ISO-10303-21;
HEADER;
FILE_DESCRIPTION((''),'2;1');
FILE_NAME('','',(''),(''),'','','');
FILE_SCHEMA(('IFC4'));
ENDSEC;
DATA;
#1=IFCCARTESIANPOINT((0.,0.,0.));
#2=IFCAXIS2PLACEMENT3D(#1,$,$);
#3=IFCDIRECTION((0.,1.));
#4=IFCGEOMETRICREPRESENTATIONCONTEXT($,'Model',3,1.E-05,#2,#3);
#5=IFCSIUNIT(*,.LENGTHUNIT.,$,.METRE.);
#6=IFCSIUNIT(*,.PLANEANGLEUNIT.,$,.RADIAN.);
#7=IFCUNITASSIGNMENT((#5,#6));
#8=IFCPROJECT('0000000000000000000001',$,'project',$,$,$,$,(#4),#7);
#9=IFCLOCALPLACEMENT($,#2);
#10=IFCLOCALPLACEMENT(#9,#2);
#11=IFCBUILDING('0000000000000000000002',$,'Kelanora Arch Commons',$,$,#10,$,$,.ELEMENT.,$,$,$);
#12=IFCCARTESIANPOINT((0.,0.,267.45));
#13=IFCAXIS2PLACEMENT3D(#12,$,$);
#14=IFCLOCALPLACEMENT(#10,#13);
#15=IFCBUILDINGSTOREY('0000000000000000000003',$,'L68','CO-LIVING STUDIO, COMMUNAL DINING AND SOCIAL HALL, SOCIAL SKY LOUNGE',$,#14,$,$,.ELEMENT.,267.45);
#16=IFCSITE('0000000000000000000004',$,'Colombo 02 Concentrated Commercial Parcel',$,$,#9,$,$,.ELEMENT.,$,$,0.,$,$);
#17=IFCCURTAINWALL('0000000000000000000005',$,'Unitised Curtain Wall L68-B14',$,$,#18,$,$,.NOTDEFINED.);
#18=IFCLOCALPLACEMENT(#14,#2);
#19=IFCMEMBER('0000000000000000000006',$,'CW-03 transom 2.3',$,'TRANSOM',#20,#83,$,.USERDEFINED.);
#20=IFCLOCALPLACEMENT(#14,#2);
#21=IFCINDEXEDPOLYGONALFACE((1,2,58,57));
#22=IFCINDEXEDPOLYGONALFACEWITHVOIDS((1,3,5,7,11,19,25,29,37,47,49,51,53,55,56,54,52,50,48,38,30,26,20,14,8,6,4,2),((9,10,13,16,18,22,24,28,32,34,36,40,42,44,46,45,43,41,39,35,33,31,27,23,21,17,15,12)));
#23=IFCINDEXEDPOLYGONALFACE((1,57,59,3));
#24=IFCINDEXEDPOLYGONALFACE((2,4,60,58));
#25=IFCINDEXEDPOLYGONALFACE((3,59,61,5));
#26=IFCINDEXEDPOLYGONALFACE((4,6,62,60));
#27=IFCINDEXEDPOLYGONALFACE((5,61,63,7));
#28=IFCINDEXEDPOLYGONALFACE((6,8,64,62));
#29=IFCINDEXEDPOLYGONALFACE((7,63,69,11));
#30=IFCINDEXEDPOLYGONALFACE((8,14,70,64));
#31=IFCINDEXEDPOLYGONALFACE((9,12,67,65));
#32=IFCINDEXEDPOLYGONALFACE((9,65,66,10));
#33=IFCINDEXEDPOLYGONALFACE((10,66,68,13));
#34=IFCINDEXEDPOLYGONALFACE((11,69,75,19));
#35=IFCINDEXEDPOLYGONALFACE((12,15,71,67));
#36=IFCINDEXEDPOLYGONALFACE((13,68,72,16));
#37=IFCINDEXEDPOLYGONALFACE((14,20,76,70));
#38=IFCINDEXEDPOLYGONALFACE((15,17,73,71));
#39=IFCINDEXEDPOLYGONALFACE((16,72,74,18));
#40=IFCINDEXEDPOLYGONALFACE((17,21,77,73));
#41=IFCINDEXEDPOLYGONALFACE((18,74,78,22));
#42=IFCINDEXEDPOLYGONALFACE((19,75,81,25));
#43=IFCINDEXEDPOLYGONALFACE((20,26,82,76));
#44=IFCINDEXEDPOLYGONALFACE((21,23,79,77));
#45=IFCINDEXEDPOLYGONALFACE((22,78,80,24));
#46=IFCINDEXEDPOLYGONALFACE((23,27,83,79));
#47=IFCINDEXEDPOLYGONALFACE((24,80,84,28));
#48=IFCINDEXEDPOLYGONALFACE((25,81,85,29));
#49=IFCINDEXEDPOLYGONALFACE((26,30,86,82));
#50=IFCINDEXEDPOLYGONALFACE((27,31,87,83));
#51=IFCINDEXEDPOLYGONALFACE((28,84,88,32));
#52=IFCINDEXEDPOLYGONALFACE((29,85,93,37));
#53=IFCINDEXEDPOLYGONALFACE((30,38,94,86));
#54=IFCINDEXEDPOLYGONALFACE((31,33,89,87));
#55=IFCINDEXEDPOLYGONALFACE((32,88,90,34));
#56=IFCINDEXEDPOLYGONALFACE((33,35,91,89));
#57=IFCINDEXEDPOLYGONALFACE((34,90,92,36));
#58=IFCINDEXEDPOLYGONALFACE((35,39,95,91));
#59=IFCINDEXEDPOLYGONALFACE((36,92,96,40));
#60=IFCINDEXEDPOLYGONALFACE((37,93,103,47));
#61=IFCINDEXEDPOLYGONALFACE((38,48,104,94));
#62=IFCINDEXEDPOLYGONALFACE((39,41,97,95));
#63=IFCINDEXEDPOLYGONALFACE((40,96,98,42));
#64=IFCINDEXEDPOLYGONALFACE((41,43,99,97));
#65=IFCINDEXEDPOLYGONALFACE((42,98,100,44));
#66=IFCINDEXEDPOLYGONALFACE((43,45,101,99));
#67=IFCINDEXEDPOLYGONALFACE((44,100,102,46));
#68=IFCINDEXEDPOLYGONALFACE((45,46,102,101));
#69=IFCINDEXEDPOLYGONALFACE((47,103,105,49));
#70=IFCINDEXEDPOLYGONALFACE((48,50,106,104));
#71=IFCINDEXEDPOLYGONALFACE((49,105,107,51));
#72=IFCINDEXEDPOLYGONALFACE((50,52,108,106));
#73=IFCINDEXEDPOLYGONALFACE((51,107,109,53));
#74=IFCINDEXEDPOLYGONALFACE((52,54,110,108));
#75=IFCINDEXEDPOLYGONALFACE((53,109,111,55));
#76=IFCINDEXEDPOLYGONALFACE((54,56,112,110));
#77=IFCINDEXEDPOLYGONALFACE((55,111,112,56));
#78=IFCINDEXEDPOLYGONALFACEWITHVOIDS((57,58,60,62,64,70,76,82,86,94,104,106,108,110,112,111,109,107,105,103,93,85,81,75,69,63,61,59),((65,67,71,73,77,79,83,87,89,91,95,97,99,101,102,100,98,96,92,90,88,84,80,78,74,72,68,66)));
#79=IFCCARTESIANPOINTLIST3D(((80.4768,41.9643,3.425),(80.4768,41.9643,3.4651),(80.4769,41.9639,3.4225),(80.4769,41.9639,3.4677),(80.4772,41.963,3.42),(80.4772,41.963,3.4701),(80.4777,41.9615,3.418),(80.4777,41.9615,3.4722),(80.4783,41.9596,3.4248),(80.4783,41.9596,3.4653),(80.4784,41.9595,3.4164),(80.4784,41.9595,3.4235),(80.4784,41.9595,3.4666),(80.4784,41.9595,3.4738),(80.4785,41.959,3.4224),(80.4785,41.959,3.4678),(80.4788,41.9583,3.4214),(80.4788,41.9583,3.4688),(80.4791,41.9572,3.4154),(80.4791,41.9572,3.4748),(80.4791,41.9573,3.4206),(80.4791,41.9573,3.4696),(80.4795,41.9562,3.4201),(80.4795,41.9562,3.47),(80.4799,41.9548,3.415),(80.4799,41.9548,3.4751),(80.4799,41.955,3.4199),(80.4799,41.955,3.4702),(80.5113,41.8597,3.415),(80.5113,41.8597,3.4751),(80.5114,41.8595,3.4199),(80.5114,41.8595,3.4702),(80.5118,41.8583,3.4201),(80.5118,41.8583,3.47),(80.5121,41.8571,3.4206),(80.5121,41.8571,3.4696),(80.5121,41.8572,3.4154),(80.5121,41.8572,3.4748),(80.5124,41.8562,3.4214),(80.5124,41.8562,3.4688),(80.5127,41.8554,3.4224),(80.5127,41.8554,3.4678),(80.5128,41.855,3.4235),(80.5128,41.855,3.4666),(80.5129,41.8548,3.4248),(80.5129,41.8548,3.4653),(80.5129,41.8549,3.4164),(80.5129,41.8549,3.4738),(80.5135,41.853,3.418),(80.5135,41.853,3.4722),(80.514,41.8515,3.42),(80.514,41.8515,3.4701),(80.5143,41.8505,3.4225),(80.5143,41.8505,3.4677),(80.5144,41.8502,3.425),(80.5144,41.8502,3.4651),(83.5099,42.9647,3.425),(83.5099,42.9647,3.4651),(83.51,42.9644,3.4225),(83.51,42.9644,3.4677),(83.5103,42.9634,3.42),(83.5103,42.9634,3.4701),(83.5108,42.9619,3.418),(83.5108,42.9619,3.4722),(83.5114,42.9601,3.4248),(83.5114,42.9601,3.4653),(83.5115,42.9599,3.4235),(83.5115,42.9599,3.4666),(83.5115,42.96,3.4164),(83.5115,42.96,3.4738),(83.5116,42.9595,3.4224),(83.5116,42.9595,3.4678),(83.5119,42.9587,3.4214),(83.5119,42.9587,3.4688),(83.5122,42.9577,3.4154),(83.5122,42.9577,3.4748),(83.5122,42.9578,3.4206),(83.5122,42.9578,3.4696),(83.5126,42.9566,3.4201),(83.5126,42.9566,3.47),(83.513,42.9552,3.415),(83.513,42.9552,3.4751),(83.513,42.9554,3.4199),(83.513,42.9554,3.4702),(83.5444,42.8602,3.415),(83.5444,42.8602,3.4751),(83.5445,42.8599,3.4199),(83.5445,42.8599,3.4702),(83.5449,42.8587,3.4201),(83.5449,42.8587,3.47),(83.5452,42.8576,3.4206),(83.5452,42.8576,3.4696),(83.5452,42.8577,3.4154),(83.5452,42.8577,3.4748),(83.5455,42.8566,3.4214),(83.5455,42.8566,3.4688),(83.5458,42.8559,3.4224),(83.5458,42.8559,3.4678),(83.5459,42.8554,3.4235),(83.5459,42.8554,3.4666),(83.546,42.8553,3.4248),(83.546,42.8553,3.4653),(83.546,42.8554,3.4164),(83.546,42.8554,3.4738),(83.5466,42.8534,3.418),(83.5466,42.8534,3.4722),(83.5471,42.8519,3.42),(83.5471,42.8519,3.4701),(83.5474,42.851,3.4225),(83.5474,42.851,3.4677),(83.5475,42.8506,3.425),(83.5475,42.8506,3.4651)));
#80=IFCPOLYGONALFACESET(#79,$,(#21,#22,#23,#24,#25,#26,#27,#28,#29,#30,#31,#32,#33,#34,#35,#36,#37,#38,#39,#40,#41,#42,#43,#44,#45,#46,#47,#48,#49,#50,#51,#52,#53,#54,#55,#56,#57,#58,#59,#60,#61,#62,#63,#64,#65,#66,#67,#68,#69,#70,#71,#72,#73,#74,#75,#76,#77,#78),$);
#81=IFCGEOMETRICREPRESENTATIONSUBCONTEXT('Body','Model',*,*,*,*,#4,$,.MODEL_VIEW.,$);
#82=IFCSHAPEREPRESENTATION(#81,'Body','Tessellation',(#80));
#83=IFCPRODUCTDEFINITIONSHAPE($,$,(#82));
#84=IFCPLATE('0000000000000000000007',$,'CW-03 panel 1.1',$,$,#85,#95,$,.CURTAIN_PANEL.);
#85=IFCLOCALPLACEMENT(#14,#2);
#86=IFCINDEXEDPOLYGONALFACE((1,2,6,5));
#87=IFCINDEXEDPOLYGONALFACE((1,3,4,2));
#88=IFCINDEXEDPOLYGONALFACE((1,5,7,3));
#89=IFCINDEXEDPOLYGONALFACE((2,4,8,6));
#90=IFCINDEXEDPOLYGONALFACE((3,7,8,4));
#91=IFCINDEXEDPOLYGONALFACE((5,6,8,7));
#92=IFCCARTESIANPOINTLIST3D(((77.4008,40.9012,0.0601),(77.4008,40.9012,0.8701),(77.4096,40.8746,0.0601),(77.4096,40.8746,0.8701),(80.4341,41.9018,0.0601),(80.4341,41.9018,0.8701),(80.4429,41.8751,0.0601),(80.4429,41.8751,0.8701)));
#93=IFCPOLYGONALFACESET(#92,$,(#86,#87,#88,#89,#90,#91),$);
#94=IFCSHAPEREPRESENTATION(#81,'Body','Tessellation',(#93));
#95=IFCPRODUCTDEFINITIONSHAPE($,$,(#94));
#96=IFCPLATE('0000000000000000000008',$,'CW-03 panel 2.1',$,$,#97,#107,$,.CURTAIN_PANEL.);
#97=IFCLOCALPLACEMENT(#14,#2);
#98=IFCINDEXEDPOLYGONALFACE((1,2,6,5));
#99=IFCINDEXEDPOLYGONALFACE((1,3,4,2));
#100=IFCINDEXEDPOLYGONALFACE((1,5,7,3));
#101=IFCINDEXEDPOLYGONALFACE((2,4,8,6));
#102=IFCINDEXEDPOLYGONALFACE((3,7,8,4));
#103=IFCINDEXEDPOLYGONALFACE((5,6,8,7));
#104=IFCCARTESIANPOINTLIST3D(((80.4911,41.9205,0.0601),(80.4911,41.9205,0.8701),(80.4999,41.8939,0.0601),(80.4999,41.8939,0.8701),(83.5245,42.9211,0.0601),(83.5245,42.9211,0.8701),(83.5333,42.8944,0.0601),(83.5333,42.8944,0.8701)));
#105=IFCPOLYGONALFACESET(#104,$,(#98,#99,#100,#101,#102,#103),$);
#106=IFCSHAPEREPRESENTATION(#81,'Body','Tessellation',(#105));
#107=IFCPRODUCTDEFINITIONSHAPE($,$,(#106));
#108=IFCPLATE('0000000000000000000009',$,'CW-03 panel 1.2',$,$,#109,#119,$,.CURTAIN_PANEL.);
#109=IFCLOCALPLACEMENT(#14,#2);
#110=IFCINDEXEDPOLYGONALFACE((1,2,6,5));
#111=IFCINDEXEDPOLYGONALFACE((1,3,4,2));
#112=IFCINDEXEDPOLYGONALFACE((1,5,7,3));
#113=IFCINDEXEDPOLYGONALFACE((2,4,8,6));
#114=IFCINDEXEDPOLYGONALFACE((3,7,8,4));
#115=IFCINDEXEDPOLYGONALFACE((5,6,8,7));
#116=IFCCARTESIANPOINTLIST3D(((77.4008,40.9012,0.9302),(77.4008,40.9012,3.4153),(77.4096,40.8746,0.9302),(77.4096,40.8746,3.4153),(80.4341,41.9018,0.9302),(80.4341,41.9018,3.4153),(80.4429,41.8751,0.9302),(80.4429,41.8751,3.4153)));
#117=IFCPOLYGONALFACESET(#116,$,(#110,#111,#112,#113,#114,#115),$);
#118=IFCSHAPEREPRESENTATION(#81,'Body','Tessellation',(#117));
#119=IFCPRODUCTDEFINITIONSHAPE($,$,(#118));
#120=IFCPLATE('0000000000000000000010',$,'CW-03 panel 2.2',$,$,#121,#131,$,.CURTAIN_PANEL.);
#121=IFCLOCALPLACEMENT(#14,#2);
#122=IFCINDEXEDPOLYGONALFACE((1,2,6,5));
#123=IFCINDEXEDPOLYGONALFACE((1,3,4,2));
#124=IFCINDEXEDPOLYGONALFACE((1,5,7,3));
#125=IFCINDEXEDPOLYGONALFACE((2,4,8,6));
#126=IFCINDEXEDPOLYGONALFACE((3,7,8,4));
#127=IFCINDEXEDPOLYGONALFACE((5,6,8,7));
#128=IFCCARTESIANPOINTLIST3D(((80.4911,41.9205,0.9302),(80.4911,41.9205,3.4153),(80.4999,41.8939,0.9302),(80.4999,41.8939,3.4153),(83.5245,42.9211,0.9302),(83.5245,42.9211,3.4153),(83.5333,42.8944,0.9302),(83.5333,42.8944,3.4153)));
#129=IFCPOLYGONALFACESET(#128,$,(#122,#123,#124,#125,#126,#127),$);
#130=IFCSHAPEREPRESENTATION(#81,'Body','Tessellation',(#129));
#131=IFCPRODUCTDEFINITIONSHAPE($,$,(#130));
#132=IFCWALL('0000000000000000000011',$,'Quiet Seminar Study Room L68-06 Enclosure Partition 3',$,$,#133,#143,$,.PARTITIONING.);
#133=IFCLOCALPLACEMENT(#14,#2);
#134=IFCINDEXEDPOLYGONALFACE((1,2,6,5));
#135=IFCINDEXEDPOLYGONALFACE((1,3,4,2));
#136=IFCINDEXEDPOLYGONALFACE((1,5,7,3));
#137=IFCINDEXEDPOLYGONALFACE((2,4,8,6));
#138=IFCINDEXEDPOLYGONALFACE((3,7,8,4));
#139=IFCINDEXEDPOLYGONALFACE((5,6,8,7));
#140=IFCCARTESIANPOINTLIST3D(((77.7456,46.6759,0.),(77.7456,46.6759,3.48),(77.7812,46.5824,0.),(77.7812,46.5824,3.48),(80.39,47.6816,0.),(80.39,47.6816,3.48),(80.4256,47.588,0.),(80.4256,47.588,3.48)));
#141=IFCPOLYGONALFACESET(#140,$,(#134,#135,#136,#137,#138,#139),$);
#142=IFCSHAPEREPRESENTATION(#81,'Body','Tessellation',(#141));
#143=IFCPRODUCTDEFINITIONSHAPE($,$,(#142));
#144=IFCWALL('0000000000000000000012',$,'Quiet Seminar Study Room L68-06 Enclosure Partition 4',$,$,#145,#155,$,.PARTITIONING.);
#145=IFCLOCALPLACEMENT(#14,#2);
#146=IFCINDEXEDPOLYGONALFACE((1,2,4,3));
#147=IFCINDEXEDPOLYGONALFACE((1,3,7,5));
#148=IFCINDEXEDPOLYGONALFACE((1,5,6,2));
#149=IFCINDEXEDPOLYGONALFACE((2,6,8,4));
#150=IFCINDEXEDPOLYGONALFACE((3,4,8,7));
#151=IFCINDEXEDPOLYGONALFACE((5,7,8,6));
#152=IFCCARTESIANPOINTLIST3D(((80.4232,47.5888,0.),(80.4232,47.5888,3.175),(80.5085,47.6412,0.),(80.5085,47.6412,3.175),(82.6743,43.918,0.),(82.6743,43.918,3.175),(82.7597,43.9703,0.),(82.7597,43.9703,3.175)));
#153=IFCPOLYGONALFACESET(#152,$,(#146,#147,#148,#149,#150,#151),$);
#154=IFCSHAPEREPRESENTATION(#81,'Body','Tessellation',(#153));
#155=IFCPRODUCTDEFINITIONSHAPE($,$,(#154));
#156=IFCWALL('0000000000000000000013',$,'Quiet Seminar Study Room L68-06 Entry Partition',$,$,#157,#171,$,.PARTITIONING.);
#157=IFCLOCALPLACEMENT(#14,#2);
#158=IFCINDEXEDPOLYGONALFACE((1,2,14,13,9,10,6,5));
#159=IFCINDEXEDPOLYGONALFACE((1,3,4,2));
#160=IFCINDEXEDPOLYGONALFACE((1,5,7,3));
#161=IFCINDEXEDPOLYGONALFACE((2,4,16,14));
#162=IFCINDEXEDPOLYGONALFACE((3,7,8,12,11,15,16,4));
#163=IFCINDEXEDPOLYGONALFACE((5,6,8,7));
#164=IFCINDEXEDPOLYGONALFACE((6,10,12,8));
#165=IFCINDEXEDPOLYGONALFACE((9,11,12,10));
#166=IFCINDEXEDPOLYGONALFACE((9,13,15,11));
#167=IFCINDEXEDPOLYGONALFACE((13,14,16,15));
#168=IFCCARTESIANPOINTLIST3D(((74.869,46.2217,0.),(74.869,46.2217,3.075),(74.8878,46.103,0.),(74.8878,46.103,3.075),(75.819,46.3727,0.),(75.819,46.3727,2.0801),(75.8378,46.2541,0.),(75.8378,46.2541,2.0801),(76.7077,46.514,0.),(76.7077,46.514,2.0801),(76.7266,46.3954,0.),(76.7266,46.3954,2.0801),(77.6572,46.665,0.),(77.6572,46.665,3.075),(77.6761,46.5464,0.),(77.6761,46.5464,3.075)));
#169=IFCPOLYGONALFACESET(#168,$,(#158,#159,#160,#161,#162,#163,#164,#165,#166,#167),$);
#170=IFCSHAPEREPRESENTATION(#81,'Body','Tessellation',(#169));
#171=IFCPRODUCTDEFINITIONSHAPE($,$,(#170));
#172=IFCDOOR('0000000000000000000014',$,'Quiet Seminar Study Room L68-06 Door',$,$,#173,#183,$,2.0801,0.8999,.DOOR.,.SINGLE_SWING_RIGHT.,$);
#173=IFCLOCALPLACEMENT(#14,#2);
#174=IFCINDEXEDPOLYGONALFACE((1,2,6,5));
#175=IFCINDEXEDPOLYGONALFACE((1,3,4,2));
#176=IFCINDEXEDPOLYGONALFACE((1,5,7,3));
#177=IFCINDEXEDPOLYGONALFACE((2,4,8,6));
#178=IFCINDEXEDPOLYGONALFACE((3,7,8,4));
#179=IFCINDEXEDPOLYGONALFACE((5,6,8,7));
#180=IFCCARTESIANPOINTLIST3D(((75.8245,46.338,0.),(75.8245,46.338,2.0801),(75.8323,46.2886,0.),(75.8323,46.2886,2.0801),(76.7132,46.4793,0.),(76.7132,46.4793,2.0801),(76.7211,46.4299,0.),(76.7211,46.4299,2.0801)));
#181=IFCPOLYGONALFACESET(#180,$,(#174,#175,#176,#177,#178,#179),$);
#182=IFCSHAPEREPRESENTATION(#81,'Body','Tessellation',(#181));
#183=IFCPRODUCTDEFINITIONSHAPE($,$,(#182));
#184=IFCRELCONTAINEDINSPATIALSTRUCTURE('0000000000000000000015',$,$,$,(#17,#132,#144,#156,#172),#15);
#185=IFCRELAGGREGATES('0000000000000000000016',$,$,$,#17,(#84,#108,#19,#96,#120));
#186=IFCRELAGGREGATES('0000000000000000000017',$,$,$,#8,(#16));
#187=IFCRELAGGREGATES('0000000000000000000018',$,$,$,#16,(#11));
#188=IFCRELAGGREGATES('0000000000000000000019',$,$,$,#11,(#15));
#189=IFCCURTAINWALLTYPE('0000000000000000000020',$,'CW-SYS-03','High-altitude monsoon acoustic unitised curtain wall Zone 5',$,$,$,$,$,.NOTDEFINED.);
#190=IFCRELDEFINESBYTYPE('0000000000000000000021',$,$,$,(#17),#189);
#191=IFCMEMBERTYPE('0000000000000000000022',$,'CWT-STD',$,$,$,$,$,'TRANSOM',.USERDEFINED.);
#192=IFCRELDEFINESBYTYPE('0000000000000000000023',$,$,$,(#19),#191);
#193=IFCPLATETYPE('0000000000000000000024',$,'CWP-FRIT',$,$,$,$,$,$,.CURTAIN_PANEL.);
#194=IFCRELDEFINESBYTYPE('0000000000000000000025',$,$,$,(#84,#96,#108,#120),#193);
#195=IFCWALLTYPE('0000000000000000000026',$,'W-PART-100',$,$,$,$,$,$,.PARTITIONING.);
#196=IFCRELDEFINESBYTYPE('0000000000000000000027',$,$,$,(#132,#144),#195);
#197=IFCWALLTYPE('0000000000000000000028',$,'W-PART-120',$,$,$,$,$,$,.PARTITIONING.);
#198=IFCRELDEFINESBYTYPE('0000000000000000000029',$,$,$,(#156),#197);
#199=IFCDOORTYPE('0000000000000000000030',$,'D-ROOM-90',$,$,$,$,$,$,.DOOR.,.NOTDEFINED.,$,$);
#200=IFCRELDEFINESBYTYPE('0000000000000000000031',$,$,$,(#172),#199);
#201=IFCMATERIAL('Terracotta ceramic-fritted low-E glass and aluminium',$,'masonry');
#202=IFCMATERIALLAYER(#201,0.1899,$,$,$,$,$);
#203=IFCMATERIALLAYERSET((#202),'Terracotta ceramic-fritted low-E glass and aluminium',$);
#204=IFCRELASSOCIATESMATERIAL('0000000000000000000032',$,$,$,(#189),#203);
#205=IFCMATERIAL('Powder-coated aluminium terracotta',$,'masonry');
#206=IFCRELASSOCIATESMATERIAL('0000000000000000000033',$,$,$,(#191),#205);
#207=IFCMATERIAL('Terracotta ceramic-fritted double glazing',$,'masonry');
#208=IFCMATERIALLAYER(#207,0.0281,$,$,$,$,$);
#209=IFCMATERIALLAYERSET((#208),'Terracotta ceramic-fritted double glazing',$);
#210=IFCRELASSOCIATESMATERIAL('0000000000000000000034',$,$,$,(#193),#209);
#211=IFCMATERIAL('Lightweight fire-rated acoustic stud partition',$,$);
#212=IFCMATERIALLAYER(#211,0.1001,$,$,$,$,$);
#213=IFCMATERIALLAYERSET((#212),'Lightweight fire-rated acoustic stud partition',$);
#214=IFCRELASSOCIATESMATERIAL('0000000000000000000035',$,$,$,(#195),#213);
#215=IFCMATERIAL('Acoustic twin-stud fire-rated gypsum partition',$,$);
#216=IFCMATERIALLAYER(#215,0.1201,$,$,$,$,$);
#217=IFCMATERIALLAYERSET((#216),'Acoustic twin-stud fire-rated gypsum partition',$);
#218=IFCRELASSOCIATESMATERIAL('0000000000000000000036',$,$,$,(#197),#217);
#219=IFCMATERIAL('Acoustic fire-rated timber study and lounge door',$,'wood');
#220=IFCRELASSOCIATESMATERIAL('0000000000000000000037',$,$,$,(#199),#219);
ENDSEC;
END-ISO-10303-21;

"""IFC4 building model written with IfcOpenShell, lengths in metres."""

from ifc_helpers import new_model, si_unit, direction, frame, frame_2d, origin, origin_2d, place, context, subcontext, project, spatial, rectangle, hollow_rectangle, extrude, source, transform, mapped, material, layer, layer_set, material_profile, profile_set, type_object, element, fill, aggregate, save


model = new_model("IFC4")

# Units and contexts
model_context = context("Model", 3, precision=1e-05, world=origin(), true_north=direction((0.0, 1.0)))
body_context = subcontext(model_context, "Body", "Model", "MODEL_VIEW")
ifc_project = project(units=[si_unit("LENGTHUNIT", "METRE"), si_unit("PLANEANGLEUNIT", "RADIAN")], contexts=[model_context])

# Site, building, storey
site_placement = place(None, origin())
site = spatial("IfcSite", under=ifc_project, at=site_placement, Name="Colombo 02 Concentrated Commercial Parcel", CompositionType="ELEMENT", RefElevation=0.0)
building_placement = place(site_placement, origin())
building = spatial("IfcBuilding", under=site, at=building_placement, Name="Kelanora Arch Commons", CompositionType="ELEMENT")
storey_placement = place(building_placement, frame((0.0, 0.0, 267.45)))
storey = spatial("IfcBuildingStorey", under=building, at=storey_placement, Name="L68", Description="CO-LIVING STUDIO, COMMUNAL DINING AND SOCIAL HALL, SOCIAL SKY LOUNGE", CompositionType="ELEMENT", Elevation=267.45)

# Curtain wall, member, plates
ifc_material_1 = material(Name="Terracotta ceramic-fritted low-E glass and aluminium", Category="masonry")
ifc_layer_1 = layer(ifc_material_1, 0.1899)
ifc_layer_set_1 = layer_set([ifc_layer_1], Name="Terracotta ceramic-fritted low-E glass and aluminium")
curtain_wall_type = type_object("IfcCurtainWallType", Name="CW-SYS-03", Description="High-altitude monsoon acoustic unitised curtain wall Zone 5", PredefinedType="NOTDEFINED", material=ifc_layer_set_1)
curtain_wall_placement = place(storey_placement, origin())
curtain_wall = element("IfcCurtainWall", 1, at=curtain_wall_placement, inside=storey, type_object=curtain_wall_type, Name="Unitised Curtain Wall L68-B14", PredefinedType="NOTDEFINED")
ifc_material_2 = material(Name="Powder-coated aluminium terracotta", Category="masonry")
ifc_material_profile_1 = material_profile(ifc_material_2, hollow_rectangle(XDim=0.1201, YDim=0.0601, WallThickness=0.0049, InnerFilletRadius=0.0049, OuterFilletRadius=0.01, at=origin_2d()), Name="CWT120x60")
ifc_profile_set_1 = profile_set([ifc_material_profile_1], Name="Powder-coated aluminium terracotta")
member_type_1 = type_object("IfcMemberType", Name="CWT-STD", ElementType="TRANSOM", PredefinedType="USERDEFINED", material=ifc_profile_set_1)
member_1_placement = place(storey_placement, frame((80.4956, 41.9072, 3.4451), z_axis=(0.949672, 0.313245, 0.0), x_axis=(-0.313245, 0.949672, 0.0)))
member_1 = element("IfcMember", 2, at=member_1_placement, type_object=member_type_1, Name="CW-03 transom 2.3", ObjectType="TRANSOM", PredefinedType="USERDEFINED", context=body_context, shape_type="SweptSolid", body=[
    extrude(hollow_rectangle(XDim=0.1201, YDim=0.0601, WallThickness=0.0049, InnerFilletRadius=0.0049, OuterFilletRadius=0.01, at=origin_2d()), origin(), (0.0, 0.0, 1.0), 3.1938),
])
ifc_material_3 = material(Name="Terracotta ceramic-fritted double glazing", Category="masonry")
ifc_layer_2 = layer(ifc_material_3, 0.0281)
ifc_layer_set_2 = layer_set([ifc_layer_2], Name="Terracotta ceramic-fritted double glazing")
plate_type = type_object("IfcPlateType", Name="CWP-FRIT", PredefinedType="CURTAIN_PANEL", material=ifc_layer_set_2)
shared_shape_1 = source(origin(), body_context, "Body", "SweptSolid", [
    extrude(rectangle(XDim=3.1941, YDim=0.0281, at=origin_2d()), origin(), (0.0, 0.0, 1.0), 0.8101),
])
plate_1_placement = place(storey_placement, frame((78.9219, 41.3882, 0.0601), z_axis=(0.0, 0.0, 1.0), x_axis=(0.94967, 0.313253, 0.0)))
plate_1 = element("IfcPlate", 3, at=plate_1_placement, type_object=plate_type, Name="CW-03 panel 1.1", PredefinedType="CURTAIN_PANEL", context=body_context, shape_type="MappedRepresentation", body=[
    mapped(shared_shape_1, transform((0.0, 0.0, 0.0), scale=1.0)),
])
plate_2_placement = place(storey_placement, frame((82.0122, 42.4075, 0.0601), z_axis=(0.0, 0.0, 1.0), x_axis=(0.94967, 0.313253, 0.0)))
plate_2 = element("IfcPlate", 4, at=plate_2_placement, type_object=plate_type, Name="CW-03 panel 2.1", PredefinedType="CURTAIN_PANEL", context=body_context, shape_type="MappedRepresentation", body=[
    mapped(shared_shape_1, transform((0.0, 0.0, 0.0), scale=1.0)),
])
shared_shape_2 = source(origin(), body_context, "Body", "SweptSolid", [
    extrude(rectangle(XDim=3.1941, YDim=0.0281, at=origin_2d()), origin(), (0.0, 0.0, 1.0), 2.4851),
])
plate_3_placement = place(storey_placement, frame((78.9219, 41.3882, 0.9302), z_axis=(0.0, 0.0, 1.0), x_axis=(0.94967, 0.313253, 0.0)))
plate_3 = element("IfcPlate", 5, at=plate_3_placement, type_object=plate_type, Name="CW-03 panel 1.2", PredefinedType="CURTAIN_PANEL", context=body_context, shape_type="MappedRepresentation", body=[
    mapped(shared_shape_2, transform((0.0, 0.0, 0.0), scale=1.0)),
])
plate_4_placement = place(storey_placement, frame((82.0122, 42.4075, 0.9302), z_axis=(0.0, 0.0, 1.0), x_axis=(0.94967, 0.313253, 0.0)))
plate_4 = element("IfcPlate", 6, at=plate_4_placement, type_object=plate_type, Name="CW-03 panel 2.2", PredefinedType="CURTAIN_PANEL", context=body_context, shape_type="MappedRepresentation", body=[
    mapped(shared_shape_2, transform((0.0, 0.0, 0.0), scale=1.0)),
])
aggregate(curtain_wall, [plate_1, plate_3, member_1, plate_2, plate_4])

# Walls
ifc_material_4 = material(Name="Lightweight fire-rated acoustic stud partition")
ifc_layer_3 = layer(ifc_material_4, 0.1001)
ifc_layer_set_3 = layer_set([ifc_layer_3], Name="Lightweight fire-rated acoustic stud partition")
wall_type_1 = type_object("IfcWallType", Name="W-PART-100", PredefinedType="PARTITIONING", material=ifc_layer_set_3)
wall_1_placement = place(storey_placement, frame((77.7634, 46.6292, 0.0), z_axis=(0.0, 0.0, 1.0), x_axis=(0.934691, 0.355461, 0.0)))
element("IfcWall", 7, at=wall_1_placement, inside=storey, type_object=wall_type_1, Name="Quiet Seminar Study Room L68-06 Enclosure Partition 3", PredefinedType="PARTITIONING", context=body_context, shape_type="SweptSolid", body=[
    extrude(rectangle(XDim=2.8291, YDim=0.1001, at=frame_2d((1.4146, 0.0))), origin(), (0.0, 0.0, 1.0), 3.48),
])
wall_2_placement = place(storey_placement, frame((80.4658, 47.615, 0.0), z_axis=(0.0, 0.0, 1.0), x_axis=(0.522784, -0.852465, 0.0)))
element("IfcWall", 8, at=wall_2_placement, inside=storey, type_object=wall_type_1, Name="Quiet Seminar Study Room L68-06 Enclosure Partition 4", PredefinedType="PARTITIONING", context=body_context, shape_type="SweptSolid", body=[
    extrude(rectangle(XDim=4.3062, YDim=0.1001, at=frame_2d((2.1531, 0.0))), origin(), (0.0, 0.0, 1.0), 3.175),
])

# Wall, opening, door
ifc_material_5 = material(Name="Acoustic twin-stud fire-rated gypsum partition")
ifc_layer_4 = layer(ifc_material_5, 0.1201)
ifc_layer_set_4 = layer_set([ifc_layer_4], Name="Acoustic twin-stud fire-rated gypsum partition")
wall_type_2 = type_object("IfcWallType", Name="W-PART-120", PredefinedType="PARTITIONING", material=ifc_layer_set_4)
wall_3_placement = place(storey_placement, frame((74.8784, 46.1624, 0.0), z_axis=(0.0, 0.0, 1.0), x_axis=(0.987593, 0.157033, 0.0)))
wall_3 = element("IfcWall", 9, at=wall_3_placement, inside=storey, type_object=wall_type_2, Name="Quiet Seminar Study Room L68-06 Entry Partition", PredefinedType="PARTITIONING", context=body_context, shape_type="SweptSolid", body=[
    extrude(rectangle(XDim=2.8232, YDim=0.1201, at=frame_2d((1.4116, 0.0))), origin(), (0.0, 0.0, 1.0), 3.075),
])
opening_placement = place(wall_3_placement, frame((0.9619, 0.0, 0.0)))
opening = element("IfcOpeningElement", 10, at=opening_placement, cuts=wall_3, PredefinedType="OPENING", context=body_context, shape_type="SweptSolid", body=[
    extrude(rectangle(XDim=0.8999, YDim=2.0801, at=frame_2d((0.45, 1.04))), frame((0.0, 0.0701, 0.0), z_axis=(0.0, -1.0, 0.0), x_axis=(1.0, 0.0, 0.0)), (0.0, 0.0, 1.0), 0.1401),
])
ifc_material_6 = material(Name="Acoustic fire-rated timber study and lounge door", Category="wood")
door_type = type_object("IfcDoorType", Name="D-ROOM-90", OperationType="NOTDEFINED", PredefinedType="DOOR", material=ifc_material_6)
door_placement = place(opening_placement, origin())
door = element("IfcDoor", 11, at=door_placement, inside=storey, type_object=door_type, Name="Quiet Seminar Study Room L68-06 Door", OperationType="SINGLE_SWING_RIGHT", OverallHeight=2.0801, OverallWidth=0.8999, PredefinedType="DOOR", context=body_context, shape_type="SweptSolid", body=[
    extrude(rectangle(XDim=0.8999, YDim=2.0801, at=frame_2d((0.45, 1.04))), frame((0.0, 0.0249, 0.0), z_axis=(0.0, -1.0, 0.0), x_axis=(1.0, 0.0, 0.0)), (0.0, 0.0, 1.0), 0.05),
])
fill(opening, door)

save(model, "model.ifc")
